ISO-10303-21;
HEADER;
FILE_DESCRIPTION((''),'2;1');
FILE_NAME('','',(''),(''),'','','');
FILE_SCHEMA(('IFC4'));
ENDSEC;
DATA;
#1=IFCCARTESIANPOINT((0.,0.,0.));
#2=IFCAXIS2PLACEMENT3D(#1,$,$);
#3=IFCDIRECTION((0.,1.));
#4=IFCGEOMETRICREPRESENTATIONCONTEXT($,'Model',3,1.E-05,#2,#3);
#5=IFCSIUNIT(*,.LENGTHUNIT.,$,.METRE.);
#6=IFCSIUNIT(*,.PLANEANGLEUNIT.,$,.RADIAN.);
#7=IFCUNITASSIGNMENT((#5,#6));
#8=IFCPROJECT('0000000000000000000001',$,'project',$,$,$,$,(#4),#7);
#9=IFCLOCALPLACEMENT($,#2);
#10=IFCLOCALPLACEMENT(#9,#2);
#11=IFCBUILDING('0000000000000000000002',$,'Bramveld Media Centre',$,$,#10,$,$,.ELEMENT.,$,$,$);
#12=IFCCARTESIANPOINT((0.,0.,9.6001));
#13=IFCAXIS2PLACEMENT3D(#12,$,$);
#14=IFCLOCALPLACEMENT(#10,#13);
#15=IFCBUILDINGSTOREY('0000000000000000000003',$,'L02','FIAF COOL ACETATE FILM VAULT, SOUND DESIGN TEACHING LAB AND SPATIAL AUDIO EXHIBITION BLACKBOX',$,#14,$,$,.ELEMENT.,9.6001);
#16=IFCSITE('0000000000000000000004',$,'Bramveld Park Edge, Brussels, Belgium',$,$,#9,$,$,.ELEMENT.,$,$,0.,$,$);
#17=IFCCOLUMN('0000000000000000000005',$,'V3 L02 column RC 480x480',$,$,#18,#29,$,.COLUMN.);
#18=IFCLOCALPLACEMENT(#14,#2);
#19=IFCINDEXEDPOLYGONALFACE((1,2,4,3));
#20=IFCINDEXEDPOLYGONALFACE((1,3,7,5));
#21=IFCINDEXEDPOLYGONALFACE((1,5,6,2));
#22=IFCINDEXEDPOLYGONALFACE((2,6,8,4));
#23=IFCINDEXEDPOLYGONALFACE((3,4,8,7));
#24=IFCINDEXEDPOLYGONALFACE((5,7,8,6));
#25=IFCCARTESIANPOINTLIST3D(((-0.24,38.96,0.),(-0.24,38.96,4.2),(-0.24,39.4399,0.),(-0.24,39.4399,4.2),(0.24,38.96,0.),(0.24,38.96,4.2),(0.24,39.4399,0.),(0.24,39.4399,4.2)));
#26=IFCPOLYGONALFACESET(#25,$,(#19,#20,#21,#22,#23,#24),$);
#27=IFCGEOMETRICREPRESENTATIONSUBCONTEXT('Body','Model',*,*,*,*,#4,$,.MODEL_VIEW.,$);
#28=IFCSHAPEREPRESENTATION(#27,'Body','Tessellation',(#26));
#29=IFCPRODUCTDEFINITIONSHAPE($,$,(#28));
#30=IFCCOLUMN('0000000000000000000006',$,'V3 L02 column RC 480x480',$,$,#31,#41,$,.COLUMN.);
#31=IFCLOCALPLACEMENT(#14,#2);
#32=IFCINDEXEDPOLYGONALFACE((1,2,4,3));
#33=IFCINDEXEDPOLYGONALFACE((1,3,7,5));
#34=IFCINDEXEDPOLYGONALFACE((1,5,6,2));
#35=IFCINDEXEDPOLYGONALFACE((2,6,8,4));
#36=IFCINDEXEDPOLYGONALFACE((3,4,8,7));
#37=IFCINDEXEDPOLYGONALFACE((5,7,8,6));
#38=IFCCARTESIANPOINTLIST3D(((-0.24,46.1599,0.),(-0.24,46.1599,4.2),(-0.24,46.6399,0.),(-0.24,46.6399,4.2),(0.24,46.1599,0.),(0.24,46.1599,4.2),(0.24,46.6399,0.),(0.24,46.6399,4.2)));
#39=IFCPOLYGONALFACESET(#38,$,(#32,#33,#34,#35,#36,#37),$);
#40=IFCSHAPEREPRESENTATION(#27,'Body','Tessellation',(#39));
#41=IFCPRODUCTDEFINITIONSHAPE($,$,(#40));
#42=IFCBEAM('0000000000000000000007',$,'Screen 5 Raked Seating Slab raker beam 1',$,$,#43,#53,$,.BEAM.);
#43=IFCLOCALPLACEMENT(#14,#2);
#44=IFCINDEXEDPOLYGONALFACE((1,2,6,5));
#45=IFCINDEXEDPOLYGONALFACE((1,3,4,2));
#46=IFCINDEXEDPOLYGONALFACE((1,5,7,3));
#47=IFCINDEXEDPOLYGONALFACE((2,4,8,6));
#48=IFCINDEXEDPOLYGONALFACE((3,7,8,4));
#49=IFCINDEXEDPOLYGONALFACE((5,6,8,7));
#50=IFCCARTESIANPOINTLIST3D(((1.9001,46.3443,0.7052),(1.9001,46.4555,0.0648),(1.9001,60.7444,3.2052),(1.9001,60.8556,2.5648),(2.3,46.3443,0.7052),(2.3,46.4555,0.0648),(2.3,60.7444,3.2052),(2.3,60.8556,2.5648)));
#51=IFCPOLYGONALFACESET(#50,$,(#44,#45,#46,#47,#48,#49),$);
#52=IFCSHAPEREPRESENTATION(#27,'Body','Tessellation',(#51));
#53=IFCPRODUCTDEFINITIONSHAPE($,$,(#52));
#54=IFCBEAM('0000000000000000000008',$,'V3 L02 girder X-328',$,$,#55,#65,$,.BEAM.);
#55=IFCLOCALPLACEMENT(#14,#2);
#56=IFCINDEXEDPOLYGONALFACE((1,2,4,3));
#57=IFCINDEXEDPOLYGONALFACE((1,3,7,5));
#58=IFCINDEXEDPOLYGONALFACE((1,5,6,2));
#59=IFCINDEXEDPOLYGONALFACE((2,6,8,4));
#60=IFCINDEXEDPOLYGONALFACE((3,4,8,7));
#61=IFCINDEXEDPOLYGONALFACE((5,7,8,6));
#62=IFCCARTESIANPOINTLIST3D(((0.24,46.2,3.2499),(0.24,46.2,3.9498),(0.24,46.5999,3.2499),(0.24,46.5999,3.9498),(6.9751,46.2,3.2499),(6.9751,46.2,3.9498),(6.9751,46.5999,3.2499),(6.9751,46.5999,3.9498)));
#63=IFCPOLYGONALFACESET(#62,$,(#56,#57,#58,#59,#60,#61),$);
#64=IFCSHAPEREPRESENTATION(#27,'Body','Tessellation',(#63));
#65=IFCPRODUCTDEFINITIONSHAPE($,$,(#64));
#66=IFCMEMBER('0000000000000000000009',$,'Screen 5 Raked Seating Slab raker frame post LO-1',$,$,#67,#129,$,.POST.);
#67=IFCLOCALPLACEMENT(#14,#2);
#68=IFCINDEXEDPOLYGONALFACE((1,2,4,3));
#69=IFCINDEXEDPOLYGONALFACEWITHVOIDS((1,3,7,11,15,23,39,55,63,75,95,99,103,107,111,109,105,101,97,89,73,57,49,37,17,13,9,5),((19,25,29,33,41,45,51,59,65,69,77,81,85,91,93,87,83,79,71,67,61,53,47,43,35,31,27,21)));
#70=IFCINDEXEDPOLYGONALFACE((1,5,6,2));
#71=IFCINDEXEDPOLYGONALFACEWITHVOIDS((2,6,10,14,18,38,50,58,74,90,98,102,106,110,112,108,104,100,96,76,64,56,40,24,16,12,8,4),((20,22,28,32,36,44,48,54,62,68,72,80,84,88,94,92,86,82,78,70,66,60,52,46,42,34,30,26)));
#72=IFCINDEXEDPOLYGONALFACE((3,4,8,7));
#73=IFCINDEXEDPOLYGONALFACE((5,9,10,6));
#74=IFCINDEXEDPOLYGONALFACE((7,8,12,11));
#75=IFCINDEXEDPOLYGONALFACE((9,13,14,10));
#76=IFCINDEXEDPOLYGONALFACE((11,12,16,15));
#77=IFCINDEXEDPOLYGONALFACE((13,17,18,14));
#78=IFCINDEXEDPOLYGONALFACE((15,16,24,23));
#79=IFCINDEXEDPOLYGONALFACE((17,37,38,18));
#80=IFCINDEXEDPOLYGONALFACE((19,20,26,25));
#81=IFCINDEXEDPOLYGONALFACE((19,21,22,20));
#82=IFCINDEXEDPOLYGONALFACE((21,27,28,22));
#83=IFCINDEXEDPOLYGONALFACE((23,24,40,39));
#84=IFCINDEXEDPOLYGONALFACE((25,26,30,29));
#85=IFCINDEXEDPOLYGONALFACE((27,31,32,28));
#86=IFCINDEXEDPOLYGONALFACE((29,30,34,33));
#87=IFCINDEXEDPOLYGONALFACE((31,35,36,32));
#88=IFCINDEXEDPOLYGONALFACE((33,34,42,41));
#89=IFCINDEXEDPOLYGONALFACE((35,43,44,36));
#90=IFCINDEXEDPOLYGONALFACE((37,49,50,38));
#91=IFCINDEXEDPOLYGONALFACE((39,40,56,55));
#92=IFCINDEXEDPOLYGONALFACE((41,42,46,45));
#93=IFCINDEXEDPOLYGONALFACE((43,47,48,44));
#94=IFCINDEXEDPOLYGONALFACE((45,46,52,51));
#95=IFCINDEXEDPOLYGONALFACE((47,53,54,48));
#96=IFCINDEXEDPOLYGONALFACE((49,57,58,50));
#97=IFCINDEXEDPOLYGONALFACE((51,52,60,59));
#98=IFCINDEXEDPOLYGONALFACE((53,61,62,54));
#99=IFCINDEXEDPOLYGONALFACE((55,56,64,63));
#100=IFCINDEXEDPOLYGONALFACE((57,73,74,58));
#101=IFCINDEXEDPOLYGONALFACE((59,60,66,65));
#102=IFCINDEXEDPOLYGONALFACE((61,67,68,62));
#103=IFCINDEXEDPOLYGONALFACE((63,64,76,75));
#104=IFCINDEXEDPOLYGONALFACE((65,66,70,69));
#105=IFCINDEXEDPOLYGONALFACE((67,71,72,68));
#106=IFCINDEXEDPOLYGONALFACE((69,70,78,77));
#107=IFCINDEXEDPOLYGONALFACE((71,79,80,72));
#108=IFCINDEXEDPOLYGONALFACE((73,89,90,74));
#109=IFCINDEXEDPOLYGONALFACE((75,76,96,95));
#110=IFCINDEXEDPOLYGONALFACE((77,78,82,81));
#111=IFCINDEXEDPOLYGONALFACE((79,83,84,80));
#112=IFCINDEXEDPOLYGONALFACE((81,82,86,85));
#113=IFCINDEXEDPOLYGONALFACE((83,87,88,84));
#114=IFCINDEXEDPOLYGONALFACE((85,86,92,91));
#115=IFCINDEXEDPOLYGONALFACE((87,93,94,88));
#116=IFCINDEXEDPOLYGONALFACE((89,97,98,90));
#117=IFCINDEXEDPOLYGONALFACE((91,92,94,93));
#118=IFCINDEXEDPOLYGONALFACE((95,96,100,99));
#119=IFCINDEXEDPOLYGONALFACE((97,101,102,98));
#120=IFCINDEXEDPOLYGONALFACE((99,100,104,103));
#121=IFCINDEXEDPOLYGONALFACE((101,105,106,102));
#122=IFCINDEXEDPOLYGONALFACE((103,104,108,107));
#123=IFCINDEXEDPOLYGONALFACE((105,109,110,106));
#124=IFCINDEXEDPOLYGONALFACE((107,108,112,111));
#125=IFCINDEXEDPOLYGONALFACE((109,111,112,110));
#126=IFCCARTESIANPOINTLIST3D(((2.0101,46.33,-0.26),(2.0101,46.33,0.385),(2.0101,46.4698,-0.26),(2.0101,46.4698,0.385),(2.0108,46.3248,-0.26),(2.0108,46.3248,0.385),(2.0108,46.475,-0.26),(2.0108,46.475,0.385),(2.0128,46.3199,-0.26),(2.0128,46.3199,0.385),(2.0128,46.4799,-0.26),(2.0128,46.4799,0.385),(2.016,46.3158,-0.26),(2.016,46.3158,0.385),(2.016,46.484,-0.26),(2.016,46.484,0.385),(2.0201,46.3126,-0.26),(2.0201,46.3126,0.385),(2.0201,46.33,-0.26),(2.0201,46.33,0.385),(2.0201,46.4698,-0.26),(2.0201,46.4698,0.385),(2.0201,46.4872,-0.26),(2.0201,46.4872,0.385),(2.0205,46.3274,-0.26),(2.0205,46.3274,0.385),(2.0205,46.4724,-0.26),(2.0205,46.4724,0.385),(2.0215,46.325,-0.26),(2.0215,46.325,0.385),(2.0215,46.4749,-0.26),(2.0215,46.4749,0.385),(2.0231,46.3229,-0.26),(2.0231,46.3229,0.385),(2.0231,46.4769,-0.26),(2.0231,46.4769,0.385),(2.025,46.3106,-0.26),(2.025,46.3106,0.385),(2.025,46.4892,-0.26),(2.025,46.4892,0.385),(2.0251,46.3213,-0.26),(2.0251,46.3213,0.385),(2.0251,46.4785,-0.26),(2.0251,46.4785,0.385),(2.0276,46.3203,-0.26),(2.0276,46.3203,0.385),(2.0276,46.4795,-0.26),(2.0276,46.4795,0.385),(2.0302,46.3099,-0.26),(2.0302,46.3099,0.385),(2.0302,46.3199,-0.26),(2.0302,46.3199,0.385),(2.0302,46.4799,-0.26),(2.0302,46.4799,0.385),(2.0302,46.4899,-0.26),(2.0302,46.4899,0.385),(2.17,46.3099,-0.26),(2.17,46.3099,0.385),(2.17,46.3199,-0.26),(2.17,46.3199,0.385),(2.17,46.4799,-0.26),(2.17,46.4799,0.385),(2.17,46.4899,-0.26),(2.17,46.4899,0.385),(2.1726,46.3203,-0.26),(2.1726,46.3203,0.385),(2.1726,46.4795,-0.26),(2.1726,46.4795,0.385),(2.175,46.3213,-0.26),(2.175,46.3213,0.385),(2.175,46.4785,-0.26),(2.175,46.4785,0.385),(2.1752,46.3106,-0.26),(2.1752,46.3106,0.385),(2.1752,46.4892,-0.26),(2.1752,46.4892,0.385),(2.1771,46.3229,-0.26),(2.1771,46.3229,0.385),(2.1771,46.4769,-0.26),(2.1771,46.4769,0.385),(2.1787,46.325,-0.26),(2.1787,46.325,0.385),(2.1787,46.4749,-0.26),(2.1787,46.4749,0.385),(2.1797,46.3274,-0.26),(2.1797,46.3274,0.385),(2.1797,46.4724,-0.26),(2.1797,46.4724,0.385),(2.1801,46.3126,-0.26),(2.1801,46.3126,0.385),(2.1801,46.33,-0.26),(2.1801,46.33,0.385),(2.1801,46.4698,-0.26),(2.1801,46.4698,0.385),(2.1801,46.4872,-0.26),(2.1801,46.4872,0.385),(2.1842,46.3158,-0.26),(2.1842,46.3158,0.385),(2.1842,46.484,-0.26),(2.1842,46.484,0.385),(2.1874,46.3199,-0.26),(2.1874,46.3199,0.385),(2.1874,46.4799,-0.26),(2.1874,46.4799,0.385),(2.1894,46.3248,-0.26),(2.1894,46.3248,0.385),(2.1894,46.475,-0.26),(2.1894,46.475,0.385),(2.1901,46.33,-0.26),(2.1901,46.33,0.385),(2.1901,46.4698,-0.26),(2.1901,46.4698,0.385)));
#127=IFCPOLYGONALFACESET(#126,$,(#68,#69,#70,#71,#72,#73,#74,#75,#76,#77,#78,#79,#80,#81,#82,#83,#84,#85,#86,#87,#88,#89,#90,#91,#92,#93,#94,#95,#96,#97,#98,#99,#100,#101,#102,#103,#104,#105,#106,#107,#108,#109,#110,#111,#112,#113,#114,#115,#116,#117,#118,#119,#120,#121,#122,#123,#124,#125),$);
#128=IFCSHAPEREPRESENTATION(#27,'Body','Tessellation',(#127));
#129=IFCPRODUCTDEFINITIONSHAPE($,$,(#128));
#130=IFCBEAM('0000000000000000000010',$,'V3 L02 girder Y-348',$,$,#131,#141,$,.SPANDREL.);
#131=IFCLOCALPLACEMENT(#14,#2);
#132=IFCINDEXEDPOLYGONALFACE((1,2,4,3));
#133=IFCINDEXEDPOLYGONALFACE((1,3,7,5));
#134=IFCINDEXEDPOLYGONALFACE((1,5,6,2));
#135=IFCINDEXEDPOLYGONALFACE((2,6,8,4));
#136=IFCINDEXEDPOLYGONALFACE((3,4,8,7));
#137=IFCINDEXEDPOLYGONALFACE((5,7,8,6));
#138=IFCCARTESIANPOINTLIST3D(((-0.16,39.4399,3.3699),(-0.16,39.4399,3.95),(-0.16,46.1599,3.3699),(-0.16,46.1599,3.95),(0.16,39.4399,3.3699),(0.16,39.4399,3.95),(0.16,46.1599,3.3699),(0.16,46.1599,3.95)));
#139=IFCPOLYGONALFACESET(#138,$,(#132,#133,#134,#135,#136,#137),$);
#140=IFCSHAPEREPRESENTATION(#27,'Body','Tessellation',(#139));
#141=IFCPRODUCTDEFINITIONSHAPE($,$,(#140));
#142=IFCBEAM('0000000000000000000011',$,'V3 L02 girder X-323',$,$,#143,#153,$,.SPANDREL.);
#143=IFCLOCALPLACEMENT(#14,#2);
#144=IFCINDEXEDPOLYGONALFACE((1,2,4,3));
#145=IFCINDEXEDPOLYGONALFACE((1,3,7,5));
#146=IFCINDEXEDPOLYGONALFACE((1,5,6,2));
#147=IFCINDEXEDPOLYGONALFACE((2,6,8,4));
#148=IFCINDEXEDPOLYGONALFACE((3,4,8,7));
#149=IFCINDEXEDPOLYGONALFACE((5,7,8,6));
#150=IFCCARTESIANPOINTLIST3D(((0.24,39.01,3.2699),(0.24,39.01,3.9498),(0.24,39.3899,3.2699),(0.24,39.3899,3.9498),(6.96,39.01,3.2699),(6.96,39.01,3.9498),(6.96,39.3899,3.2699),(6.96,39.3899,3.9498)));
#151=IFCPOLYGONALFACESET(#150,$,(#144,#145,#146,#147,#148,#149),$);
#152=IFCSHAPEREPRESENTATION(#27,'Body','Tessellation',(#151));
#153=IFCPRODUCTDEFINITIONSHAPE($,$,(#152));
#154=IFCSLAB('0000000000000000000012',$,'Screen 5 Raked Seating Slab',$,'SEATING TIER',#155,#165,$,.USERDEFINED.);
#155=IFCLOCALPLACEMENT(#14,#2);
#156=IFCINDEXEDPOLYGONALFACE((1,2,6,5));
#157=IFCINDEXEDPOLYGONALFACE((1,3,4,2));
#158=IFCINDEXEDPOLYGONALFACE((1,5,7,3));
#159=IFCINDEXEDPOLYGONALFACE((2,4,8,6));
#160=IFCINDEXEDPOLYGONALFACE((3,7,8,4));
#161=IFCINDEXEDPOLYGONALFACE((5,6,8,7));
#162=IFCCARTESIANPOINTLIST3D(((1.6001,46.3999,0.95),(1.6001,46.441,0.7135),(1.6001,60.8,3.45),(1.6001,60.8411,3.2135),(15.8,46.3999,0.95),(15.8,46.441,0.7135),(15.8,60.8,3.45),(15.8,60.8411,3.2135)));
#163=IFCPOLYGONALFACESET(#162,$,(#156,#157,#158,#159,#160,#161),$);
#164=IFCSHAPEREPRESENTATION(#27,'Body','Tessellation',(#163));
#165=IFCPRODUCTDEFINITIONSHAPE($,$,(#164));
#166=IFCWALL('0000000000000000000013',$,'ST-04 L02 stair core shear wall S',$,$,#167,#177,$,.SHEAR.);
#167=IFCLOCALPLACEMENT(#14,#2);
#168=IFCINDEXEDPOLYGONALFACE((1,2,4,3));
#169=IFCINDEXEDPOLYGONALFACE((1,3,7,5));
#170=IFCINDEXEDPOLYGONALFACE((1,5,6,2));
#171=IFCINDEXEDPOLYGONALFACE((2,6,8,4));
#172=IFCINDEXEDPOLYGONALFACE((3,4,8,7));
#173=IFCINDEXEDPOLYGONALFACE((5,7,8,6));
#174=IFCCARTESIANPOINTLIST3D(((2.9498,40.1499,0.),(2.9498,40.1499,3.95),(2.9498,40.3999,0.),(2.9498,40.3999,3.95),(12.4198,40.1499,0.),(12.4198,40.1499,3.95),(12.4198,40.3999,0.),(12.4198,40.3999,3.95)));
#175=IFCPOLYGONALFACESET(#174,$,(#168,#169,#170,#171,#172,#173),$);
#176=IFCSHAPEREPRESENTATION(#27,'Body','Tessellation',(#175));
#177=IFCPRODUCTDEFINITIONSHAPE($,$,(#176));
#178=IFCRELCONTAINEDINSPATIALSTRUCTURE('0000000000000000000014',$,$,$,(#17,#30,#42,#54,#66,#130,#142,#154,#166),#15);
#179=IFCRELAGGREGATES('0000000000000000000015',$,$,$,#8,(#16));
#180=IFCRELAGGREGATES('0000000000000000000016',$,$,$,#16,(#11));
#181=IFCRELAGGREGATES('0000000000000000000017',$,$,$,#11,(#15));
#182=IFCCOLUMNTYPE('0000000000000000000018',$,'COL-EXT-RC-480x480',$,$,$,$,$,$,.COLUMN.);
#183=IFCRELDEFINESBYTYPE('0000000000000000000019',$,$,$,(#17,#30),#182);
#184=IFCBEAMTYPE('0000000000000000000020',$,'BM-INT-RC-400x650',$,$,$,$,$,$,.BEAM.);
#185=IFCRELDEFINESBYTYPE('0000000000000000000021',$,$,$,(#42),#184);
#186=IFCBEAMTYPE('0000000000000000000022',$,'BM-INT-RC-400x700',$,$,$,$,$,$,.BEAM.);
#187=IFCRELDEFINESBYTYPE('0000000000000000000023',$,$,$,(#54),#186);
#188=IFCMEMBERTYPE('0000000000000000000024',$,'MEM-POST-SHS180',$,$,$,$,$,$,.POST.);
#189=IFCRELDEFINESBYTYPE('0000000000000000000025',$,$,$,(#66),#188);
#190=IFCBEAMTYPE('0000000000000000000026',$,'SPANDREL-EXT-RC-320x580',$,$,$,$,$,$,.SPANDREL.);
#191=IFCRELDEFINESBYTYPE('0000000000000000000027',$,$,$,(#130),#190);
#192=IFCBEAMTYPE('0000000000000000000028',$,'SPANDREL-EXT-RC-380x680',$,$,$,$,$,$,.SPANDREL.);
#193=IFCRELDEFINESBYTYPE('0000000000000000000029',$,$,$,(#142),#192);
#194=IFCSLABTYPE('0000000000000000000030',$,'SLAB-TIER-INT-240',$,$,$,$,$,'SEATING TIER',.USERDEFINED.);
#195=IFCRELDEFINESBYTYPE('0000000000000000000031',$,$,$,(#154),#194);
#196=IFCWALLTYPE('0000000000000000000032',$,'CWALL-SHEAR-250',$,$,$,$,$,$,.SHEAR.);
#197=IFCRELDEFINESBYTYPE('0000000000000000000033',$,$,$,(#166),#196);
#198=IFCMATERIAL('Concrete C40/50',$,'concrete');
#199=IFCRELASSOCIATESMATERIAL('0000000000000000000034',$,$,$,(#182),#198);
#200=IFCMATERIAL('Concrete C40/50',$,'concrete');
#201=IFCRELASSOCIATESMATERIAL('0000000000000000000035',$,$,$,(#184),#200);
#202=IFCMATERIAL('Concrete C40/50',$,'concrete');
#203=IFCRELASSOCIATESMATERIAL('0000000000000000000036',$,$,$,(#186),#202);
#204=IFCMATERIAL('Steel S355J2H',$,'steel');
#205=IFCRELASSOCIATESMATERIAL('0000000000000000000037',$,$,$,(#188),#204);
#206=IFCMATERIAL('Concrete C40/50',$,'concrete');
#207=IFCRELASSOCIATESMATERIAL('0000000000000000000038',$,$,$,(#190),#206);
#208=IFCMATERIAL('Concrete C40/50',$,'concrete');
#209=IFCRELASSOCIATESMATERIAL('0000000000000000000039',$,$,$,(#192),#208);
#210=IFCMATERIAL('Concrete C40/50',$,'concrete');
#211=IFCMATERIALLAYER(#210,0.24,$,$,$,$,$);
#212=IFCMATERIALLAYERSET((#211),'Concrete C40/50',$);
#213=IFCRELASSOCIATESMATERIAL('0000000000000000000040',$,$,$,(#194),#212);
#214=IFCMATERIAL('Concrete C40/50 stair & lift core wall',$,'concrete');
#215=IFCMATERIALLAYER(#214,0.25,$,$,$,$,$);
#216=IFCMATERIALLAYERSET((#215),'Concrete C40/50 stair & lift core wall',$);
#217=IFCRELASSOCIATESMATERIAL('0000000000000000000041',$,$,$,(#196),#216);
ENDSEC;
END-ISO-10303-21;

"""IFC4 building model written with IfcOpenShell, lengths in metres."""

from ifc_helpers import new_model, si_unit, direction, frame, frame_2d, origin, origin_2d, place, context, subcontext, project, spatial, polyline, rectangle, hollow_rectangle, outline, extrude, material, layer, layer_set, material_profile, profile_set, type_object, element, save


model = new_model("IFC4")

# Units and contexts
model_context = context("Model", 3, precision=1e-05, world=origin(), true_north=direction((0.0, 1.0)))
body_context = subcontext(model_context, "Body", "Model", "MODEL_VIEW")
ifc_project = project(units=[si_unit("LENGTHUNIT", "METRE"), si_unit("PLANEANGLEUNIT", "RADIAN")], contexts=[model_context])

# Site, building, storey
site_placement = place(None, origin())
site = spatial("IfcSite", under=ifc_project, at=site_placement, Name="Bramveld Park Edge, Brussels, Belgium", CompositionType="ELEMENT", RefElevation=0.0)
building_placement = place(site_placement, origin())
building = spatial("IfcBuilding", under=site, at=building_placement, Name="Bramveld Media Centre", CompositionType="ELEMENT")
storey_placement = place(building_placement, frame((0.0, 0.0, 9.6001)))
storey = spatial("IfcBuildingStorey", under=building, at=storey_placement, Name="L02", Description="FIAF COOL ACETATE FILM VAULT, SOUND DESIGN TEACHING LAB AND SPATIAL AUDIO EXHIBITION BLACKBOX", CompositionType="ELEMENT", Elevation=9.6001)

# Columns
ifc_material_1 = material(Name="Concrete C40/50", Category="concrete")
ifc_material_profile_1 = material_profile(ifc_material_1, rectangle(XDim=0.48, YDim=0.48, at=origin_2d()), Name="RC 480x480")
ifc_profile_set_1 = profile_set([ifc_material_profile_1], Name="Concrete C40/50")
column_type = type_object("IfcColumnType", Name="COL-EXT-RC-480x480", PredefinedType="COLUMN", material=ifc_profile_set_1)
for number, where, z_axis, x_axis, name in (
    (1, (0.0, 39.2, 0.0), (0.0, 0.0, 1.0), (1.0, 0.0, 0.0), "V3 L02 column RC 480x480"),
    (2, (0.0, 46.3999, 0.0), (0.0, 0.0, 1.0), (1.0, 0.0, 0.0), "V3 L02 column RC 480x480"),
):
    element("IfcColumn", number, at=place(storey_placement, frame(where, z_axis=z_axis, x_axis=x_axis)), inside=storey, type_object=column_type, Name=name, PredefinedType="COLUMN", context=body_context, shape_type="SweptSolid", body=[
        extrude(rectangle(XDim=0.48, YDim=0.48, at=origin_2d()), origin(), (0.0, 0.0, 1.0), 4.2),
    ])

# Beams
ifc_material_2 = material(Name="Concrete C40/50", Category="concrete")
ifc_material_profile_2 = material_profile(ifc_material_2, rectangle(XDim=0.3999, YDim=0.6499, at=origin_2d()), Name="RC 400x650")
ifc_profile_set_2 = profile_set([ifc_material_profile_2], Name="Concrete C40/50")
beam_type_1 = type_object("IfcBeamType", Name="BM-INT-RC-400x650", PredefinedType="BEAM", material=ifc_profile_set_2)
beam_1_placement = place(storey_placement, frame((2.1001, 46.3999, 0.385), z_axis=(0.0, 0.985262, 0.171051), x_axis=(-1.0, 0.0, 0.0)))
element("IfcBeam", 3, at=beam_1_placement, inside=storey, type_object=beam_type_1, Name="Screen 5 Raked Seating Slab raker beam 1", PredefinedType="BEAM", context=body_context, shape_type="SweptSolid", body=[
    extrude(rectangle(XDim=0.3999, YDim=0.6499, at=origin_2d()), origin(), (0.0, 0.0, 1.0), 14.6155),
])
ifc_material_3 = material(Name="Concrete C40/50", Category="concrete")
ifc_material_profile_3 = material_profile(ifc_material_3, rectangle(XDim=0.3999, YDim=0.7, at=origin_2d()), Name="RC 400x700")
ifc_profile_set_3 = profile_set([ifc_material_profile_3], Name="Concrete C40/50")
beam_type_2 = type_object("IfcBeamType", Name="BM-INT-RC-400x700", PredefinedType="BEAM", material=ifc_profile_set_3)
beam_2_placement = place(storey_placement, frame((0.24, 46.3999, 3.5999), z_axis=(1.0, 0.0, 0.0), x_axis=(0.0, 1.0, 0.0)))
element("IfcBeam", 4, at=beam_2_placement, inside=storey, type_object=beam_type_2, Name="V3 L02 girder X-328", PredefinedType="BEAM", context=body_context, shape_type="SweptSolid", body=[
    extrude(rectangle(XDim=0.3999, YDim=0.7, at=origin_2d()), origin(), (0.0, 0.0, 1.0), 6.7351),
])

# Member
ifc_material_4 = material(Name="Steel S355J2H", Category="steel")
ifc_material_profile_4 = material_profile(ifc_material_4, hollow_rectangle(XDim=0.1799, YDim=0.1799, WallThickness=0.01, InnerFilletRadius=0.01, OuterFilletRadius=0.02, at=origin_2d()), Name="SHS 180x180x10")
ifc_profile_set_4 = profile_set([ifc_material_profile_4], Name="Steel S355J2H")
member_type = type_object("IfcMemberType", Name="MEM-POST-SHS180", PredefinedType="POST", material=ifc_profile_set_4)
member_placement = place(storey_placement, frame((2.1001, 46.3999, -0.26), z_axis=(0.0, 0.0, 1.0), x_axis=(1.0, 0.0, 0.0)))
element("IfcMember", 5, at=member_placement, inside=storey, type_object=member_type, Name="Screen 5 Raked Seating Slab raker frame post LO-1", PredefinedType="POST", context=body_context, shape_type="SweptSolid", body=[
    extrude(hollow_rectangle(XDim=0.1799, YDim=0.1799, WallThickness=0.01, InnerFilletRadius=0.01, OuterFilletRadius=0.02, at=origin_2d()), origin(), (0.0, 0.0, 1.0), 0.645),
])

# Beams
ifc_material_5 = material(Name="Concrete C40/50", Category="concrete")
ifc_material_profile_5 = material_profile(ifc_material_5, rectangle(XDim=0.3201, YDim=0.5801, at=origin_2d()), Name="RC 320x580")
ifc_profile_set_5 = profile_set([ifc_material_profile_5], Name="Concrete C40/50")
beam_type_3 = type_object("IfcBeamType", Name="SPANDREL-EXT-RC-320x580", PredefinedType="SPANDREL", material=ifc_profile_set_5)
beam_3_placement = place(storey_placement, frame((0.0, 39.4399, 3.6599), z_axis=(0.0, 1.0, 0.0), x_axis=(-1.0, 0.0, 0.0)))
element("IfcBeam", 6, at=beam_3_placement, inside=storey, type_object=beam_type_3, Name="V3 L02 girder Y-348", PredefinedType="SPANDREL", context=body_context, shape_type="SweptSolid", body=[
    extrude(rectangle(XDim=0.3201, YDim=0.5801, at=origin_2d()), origin(), (0.0, 0.0, 1.0), 6.72),
])
ifc_material_6 = material(Name="Concrete C40/50", Category="concrete")
ifc_material_profile_6 = material_profile(ifc_material_6, rectangle(XDim=0.3799, YDim=0.6799, at=origin_2d()), Name="RC 380x680")
ifc_profile_set_6 = profile_set([ifc_material_profile_6], Name="Concrete C40/50")
beam_type_4 = type_object("IfcBeamType", Name="SPANDREL-EXT-RC-380x680", PredefinedType="SPANDREL", material=ifc_profile_set_6)
beam_4_placement = place(storey_placement, frame((0.24, 39.2, 3.6099), z_axis=(1.0, 0.0, 0.0), x_axis=(0.0, 1.0, 0.0)))
element("IfcBeam", 7, at=beam_4_placement, inside=storey, type_object=beam_type_4, Name="V3 L02 girder X-323", PredefinedType="SPANDREL", context=body_context, shape_type="SweptSolid", body=[
    extrude(rectangle(XDim=0.3799, YDim=0.6799, at=origin_2d()), origin(), (0.0, 0.0, 1.0), 6.72),
])

# Slab
ifc_material_7 = material(Name="Concrete C40/50", Category="concrete")
ifc_layer_1 = layer(ifc_material_7, 0.24)
ifc_layer_set_1 = layer_set([ifc_layer_1], Name="Concrete C40/50")
slab_type = type_object("IfcSlabType", Name="SLAB-TIER-INT-240", ElementType="SEATING TIER", PredefinedType="USERDEFINED", material=ifc_layer_set_1)
slab_placement = place(storey_placement, frame((1.6001, 46.3999, 0.95), z_axis=(0.0, -0.171051, 0.985262), x_axis=(1.0, 0.0, 0.0)))
element("IfcSlab", 8, at=slab_placement, inside=storey, type_object=slab_type, Name="Screen 5 Raked Seating Slab", ObjectType="SEATING TIER", PredefinedType="USERDEFINED", context=body_context, shape_type="SweptSolid", body=[
    extrude(outline(polyline([(0.0, 0.0), (14.2, 0.0), (14.2, 14.6155), (0.0, 14.6155), (0.0, 0.0)])), origin(), (0.0, 0.0, -1.0), 0.24),
])

# Wall
ifc_material_8 = material(Name="Concrete C40/50 stair & lift core wall", Category="concrete")
ifc_layer_2 = layer(ifc_material_8, 0.25)
ifc_layer_set_2 = layer_set([ifc_layer_2], Name="Concrete C40/50 stair & lift core wall")
wall_type_1 = type_object("IfcWallType", Name="CWALL-SHEAR-250", PredefinedType="SHEAR", material=ifc_layer_set_2)
wall_1_placement = place(storey_placement, frame((2.95, 40.2749, 0.0), z_axis=(0.0, 0.0, 1.0), x_axis=(1.0, 0.0, 0.0)))
element("IfcWall", 9, at=wall_1_placement, inside=storey, type_object=wall_type_1, Name="ST-04 L02 stair core shear wall S", PredefinedType="SHEAR", context=body_context, shape_type="SweptSolid", body=[
    extrude(rectangle(XDim=9.47, YDim=0.25, at=frame_2d((4.7349, 0.0))), origin(), (0.0, 0.0, 1.0), 3.95),
])

save(model, "model.ifc")
